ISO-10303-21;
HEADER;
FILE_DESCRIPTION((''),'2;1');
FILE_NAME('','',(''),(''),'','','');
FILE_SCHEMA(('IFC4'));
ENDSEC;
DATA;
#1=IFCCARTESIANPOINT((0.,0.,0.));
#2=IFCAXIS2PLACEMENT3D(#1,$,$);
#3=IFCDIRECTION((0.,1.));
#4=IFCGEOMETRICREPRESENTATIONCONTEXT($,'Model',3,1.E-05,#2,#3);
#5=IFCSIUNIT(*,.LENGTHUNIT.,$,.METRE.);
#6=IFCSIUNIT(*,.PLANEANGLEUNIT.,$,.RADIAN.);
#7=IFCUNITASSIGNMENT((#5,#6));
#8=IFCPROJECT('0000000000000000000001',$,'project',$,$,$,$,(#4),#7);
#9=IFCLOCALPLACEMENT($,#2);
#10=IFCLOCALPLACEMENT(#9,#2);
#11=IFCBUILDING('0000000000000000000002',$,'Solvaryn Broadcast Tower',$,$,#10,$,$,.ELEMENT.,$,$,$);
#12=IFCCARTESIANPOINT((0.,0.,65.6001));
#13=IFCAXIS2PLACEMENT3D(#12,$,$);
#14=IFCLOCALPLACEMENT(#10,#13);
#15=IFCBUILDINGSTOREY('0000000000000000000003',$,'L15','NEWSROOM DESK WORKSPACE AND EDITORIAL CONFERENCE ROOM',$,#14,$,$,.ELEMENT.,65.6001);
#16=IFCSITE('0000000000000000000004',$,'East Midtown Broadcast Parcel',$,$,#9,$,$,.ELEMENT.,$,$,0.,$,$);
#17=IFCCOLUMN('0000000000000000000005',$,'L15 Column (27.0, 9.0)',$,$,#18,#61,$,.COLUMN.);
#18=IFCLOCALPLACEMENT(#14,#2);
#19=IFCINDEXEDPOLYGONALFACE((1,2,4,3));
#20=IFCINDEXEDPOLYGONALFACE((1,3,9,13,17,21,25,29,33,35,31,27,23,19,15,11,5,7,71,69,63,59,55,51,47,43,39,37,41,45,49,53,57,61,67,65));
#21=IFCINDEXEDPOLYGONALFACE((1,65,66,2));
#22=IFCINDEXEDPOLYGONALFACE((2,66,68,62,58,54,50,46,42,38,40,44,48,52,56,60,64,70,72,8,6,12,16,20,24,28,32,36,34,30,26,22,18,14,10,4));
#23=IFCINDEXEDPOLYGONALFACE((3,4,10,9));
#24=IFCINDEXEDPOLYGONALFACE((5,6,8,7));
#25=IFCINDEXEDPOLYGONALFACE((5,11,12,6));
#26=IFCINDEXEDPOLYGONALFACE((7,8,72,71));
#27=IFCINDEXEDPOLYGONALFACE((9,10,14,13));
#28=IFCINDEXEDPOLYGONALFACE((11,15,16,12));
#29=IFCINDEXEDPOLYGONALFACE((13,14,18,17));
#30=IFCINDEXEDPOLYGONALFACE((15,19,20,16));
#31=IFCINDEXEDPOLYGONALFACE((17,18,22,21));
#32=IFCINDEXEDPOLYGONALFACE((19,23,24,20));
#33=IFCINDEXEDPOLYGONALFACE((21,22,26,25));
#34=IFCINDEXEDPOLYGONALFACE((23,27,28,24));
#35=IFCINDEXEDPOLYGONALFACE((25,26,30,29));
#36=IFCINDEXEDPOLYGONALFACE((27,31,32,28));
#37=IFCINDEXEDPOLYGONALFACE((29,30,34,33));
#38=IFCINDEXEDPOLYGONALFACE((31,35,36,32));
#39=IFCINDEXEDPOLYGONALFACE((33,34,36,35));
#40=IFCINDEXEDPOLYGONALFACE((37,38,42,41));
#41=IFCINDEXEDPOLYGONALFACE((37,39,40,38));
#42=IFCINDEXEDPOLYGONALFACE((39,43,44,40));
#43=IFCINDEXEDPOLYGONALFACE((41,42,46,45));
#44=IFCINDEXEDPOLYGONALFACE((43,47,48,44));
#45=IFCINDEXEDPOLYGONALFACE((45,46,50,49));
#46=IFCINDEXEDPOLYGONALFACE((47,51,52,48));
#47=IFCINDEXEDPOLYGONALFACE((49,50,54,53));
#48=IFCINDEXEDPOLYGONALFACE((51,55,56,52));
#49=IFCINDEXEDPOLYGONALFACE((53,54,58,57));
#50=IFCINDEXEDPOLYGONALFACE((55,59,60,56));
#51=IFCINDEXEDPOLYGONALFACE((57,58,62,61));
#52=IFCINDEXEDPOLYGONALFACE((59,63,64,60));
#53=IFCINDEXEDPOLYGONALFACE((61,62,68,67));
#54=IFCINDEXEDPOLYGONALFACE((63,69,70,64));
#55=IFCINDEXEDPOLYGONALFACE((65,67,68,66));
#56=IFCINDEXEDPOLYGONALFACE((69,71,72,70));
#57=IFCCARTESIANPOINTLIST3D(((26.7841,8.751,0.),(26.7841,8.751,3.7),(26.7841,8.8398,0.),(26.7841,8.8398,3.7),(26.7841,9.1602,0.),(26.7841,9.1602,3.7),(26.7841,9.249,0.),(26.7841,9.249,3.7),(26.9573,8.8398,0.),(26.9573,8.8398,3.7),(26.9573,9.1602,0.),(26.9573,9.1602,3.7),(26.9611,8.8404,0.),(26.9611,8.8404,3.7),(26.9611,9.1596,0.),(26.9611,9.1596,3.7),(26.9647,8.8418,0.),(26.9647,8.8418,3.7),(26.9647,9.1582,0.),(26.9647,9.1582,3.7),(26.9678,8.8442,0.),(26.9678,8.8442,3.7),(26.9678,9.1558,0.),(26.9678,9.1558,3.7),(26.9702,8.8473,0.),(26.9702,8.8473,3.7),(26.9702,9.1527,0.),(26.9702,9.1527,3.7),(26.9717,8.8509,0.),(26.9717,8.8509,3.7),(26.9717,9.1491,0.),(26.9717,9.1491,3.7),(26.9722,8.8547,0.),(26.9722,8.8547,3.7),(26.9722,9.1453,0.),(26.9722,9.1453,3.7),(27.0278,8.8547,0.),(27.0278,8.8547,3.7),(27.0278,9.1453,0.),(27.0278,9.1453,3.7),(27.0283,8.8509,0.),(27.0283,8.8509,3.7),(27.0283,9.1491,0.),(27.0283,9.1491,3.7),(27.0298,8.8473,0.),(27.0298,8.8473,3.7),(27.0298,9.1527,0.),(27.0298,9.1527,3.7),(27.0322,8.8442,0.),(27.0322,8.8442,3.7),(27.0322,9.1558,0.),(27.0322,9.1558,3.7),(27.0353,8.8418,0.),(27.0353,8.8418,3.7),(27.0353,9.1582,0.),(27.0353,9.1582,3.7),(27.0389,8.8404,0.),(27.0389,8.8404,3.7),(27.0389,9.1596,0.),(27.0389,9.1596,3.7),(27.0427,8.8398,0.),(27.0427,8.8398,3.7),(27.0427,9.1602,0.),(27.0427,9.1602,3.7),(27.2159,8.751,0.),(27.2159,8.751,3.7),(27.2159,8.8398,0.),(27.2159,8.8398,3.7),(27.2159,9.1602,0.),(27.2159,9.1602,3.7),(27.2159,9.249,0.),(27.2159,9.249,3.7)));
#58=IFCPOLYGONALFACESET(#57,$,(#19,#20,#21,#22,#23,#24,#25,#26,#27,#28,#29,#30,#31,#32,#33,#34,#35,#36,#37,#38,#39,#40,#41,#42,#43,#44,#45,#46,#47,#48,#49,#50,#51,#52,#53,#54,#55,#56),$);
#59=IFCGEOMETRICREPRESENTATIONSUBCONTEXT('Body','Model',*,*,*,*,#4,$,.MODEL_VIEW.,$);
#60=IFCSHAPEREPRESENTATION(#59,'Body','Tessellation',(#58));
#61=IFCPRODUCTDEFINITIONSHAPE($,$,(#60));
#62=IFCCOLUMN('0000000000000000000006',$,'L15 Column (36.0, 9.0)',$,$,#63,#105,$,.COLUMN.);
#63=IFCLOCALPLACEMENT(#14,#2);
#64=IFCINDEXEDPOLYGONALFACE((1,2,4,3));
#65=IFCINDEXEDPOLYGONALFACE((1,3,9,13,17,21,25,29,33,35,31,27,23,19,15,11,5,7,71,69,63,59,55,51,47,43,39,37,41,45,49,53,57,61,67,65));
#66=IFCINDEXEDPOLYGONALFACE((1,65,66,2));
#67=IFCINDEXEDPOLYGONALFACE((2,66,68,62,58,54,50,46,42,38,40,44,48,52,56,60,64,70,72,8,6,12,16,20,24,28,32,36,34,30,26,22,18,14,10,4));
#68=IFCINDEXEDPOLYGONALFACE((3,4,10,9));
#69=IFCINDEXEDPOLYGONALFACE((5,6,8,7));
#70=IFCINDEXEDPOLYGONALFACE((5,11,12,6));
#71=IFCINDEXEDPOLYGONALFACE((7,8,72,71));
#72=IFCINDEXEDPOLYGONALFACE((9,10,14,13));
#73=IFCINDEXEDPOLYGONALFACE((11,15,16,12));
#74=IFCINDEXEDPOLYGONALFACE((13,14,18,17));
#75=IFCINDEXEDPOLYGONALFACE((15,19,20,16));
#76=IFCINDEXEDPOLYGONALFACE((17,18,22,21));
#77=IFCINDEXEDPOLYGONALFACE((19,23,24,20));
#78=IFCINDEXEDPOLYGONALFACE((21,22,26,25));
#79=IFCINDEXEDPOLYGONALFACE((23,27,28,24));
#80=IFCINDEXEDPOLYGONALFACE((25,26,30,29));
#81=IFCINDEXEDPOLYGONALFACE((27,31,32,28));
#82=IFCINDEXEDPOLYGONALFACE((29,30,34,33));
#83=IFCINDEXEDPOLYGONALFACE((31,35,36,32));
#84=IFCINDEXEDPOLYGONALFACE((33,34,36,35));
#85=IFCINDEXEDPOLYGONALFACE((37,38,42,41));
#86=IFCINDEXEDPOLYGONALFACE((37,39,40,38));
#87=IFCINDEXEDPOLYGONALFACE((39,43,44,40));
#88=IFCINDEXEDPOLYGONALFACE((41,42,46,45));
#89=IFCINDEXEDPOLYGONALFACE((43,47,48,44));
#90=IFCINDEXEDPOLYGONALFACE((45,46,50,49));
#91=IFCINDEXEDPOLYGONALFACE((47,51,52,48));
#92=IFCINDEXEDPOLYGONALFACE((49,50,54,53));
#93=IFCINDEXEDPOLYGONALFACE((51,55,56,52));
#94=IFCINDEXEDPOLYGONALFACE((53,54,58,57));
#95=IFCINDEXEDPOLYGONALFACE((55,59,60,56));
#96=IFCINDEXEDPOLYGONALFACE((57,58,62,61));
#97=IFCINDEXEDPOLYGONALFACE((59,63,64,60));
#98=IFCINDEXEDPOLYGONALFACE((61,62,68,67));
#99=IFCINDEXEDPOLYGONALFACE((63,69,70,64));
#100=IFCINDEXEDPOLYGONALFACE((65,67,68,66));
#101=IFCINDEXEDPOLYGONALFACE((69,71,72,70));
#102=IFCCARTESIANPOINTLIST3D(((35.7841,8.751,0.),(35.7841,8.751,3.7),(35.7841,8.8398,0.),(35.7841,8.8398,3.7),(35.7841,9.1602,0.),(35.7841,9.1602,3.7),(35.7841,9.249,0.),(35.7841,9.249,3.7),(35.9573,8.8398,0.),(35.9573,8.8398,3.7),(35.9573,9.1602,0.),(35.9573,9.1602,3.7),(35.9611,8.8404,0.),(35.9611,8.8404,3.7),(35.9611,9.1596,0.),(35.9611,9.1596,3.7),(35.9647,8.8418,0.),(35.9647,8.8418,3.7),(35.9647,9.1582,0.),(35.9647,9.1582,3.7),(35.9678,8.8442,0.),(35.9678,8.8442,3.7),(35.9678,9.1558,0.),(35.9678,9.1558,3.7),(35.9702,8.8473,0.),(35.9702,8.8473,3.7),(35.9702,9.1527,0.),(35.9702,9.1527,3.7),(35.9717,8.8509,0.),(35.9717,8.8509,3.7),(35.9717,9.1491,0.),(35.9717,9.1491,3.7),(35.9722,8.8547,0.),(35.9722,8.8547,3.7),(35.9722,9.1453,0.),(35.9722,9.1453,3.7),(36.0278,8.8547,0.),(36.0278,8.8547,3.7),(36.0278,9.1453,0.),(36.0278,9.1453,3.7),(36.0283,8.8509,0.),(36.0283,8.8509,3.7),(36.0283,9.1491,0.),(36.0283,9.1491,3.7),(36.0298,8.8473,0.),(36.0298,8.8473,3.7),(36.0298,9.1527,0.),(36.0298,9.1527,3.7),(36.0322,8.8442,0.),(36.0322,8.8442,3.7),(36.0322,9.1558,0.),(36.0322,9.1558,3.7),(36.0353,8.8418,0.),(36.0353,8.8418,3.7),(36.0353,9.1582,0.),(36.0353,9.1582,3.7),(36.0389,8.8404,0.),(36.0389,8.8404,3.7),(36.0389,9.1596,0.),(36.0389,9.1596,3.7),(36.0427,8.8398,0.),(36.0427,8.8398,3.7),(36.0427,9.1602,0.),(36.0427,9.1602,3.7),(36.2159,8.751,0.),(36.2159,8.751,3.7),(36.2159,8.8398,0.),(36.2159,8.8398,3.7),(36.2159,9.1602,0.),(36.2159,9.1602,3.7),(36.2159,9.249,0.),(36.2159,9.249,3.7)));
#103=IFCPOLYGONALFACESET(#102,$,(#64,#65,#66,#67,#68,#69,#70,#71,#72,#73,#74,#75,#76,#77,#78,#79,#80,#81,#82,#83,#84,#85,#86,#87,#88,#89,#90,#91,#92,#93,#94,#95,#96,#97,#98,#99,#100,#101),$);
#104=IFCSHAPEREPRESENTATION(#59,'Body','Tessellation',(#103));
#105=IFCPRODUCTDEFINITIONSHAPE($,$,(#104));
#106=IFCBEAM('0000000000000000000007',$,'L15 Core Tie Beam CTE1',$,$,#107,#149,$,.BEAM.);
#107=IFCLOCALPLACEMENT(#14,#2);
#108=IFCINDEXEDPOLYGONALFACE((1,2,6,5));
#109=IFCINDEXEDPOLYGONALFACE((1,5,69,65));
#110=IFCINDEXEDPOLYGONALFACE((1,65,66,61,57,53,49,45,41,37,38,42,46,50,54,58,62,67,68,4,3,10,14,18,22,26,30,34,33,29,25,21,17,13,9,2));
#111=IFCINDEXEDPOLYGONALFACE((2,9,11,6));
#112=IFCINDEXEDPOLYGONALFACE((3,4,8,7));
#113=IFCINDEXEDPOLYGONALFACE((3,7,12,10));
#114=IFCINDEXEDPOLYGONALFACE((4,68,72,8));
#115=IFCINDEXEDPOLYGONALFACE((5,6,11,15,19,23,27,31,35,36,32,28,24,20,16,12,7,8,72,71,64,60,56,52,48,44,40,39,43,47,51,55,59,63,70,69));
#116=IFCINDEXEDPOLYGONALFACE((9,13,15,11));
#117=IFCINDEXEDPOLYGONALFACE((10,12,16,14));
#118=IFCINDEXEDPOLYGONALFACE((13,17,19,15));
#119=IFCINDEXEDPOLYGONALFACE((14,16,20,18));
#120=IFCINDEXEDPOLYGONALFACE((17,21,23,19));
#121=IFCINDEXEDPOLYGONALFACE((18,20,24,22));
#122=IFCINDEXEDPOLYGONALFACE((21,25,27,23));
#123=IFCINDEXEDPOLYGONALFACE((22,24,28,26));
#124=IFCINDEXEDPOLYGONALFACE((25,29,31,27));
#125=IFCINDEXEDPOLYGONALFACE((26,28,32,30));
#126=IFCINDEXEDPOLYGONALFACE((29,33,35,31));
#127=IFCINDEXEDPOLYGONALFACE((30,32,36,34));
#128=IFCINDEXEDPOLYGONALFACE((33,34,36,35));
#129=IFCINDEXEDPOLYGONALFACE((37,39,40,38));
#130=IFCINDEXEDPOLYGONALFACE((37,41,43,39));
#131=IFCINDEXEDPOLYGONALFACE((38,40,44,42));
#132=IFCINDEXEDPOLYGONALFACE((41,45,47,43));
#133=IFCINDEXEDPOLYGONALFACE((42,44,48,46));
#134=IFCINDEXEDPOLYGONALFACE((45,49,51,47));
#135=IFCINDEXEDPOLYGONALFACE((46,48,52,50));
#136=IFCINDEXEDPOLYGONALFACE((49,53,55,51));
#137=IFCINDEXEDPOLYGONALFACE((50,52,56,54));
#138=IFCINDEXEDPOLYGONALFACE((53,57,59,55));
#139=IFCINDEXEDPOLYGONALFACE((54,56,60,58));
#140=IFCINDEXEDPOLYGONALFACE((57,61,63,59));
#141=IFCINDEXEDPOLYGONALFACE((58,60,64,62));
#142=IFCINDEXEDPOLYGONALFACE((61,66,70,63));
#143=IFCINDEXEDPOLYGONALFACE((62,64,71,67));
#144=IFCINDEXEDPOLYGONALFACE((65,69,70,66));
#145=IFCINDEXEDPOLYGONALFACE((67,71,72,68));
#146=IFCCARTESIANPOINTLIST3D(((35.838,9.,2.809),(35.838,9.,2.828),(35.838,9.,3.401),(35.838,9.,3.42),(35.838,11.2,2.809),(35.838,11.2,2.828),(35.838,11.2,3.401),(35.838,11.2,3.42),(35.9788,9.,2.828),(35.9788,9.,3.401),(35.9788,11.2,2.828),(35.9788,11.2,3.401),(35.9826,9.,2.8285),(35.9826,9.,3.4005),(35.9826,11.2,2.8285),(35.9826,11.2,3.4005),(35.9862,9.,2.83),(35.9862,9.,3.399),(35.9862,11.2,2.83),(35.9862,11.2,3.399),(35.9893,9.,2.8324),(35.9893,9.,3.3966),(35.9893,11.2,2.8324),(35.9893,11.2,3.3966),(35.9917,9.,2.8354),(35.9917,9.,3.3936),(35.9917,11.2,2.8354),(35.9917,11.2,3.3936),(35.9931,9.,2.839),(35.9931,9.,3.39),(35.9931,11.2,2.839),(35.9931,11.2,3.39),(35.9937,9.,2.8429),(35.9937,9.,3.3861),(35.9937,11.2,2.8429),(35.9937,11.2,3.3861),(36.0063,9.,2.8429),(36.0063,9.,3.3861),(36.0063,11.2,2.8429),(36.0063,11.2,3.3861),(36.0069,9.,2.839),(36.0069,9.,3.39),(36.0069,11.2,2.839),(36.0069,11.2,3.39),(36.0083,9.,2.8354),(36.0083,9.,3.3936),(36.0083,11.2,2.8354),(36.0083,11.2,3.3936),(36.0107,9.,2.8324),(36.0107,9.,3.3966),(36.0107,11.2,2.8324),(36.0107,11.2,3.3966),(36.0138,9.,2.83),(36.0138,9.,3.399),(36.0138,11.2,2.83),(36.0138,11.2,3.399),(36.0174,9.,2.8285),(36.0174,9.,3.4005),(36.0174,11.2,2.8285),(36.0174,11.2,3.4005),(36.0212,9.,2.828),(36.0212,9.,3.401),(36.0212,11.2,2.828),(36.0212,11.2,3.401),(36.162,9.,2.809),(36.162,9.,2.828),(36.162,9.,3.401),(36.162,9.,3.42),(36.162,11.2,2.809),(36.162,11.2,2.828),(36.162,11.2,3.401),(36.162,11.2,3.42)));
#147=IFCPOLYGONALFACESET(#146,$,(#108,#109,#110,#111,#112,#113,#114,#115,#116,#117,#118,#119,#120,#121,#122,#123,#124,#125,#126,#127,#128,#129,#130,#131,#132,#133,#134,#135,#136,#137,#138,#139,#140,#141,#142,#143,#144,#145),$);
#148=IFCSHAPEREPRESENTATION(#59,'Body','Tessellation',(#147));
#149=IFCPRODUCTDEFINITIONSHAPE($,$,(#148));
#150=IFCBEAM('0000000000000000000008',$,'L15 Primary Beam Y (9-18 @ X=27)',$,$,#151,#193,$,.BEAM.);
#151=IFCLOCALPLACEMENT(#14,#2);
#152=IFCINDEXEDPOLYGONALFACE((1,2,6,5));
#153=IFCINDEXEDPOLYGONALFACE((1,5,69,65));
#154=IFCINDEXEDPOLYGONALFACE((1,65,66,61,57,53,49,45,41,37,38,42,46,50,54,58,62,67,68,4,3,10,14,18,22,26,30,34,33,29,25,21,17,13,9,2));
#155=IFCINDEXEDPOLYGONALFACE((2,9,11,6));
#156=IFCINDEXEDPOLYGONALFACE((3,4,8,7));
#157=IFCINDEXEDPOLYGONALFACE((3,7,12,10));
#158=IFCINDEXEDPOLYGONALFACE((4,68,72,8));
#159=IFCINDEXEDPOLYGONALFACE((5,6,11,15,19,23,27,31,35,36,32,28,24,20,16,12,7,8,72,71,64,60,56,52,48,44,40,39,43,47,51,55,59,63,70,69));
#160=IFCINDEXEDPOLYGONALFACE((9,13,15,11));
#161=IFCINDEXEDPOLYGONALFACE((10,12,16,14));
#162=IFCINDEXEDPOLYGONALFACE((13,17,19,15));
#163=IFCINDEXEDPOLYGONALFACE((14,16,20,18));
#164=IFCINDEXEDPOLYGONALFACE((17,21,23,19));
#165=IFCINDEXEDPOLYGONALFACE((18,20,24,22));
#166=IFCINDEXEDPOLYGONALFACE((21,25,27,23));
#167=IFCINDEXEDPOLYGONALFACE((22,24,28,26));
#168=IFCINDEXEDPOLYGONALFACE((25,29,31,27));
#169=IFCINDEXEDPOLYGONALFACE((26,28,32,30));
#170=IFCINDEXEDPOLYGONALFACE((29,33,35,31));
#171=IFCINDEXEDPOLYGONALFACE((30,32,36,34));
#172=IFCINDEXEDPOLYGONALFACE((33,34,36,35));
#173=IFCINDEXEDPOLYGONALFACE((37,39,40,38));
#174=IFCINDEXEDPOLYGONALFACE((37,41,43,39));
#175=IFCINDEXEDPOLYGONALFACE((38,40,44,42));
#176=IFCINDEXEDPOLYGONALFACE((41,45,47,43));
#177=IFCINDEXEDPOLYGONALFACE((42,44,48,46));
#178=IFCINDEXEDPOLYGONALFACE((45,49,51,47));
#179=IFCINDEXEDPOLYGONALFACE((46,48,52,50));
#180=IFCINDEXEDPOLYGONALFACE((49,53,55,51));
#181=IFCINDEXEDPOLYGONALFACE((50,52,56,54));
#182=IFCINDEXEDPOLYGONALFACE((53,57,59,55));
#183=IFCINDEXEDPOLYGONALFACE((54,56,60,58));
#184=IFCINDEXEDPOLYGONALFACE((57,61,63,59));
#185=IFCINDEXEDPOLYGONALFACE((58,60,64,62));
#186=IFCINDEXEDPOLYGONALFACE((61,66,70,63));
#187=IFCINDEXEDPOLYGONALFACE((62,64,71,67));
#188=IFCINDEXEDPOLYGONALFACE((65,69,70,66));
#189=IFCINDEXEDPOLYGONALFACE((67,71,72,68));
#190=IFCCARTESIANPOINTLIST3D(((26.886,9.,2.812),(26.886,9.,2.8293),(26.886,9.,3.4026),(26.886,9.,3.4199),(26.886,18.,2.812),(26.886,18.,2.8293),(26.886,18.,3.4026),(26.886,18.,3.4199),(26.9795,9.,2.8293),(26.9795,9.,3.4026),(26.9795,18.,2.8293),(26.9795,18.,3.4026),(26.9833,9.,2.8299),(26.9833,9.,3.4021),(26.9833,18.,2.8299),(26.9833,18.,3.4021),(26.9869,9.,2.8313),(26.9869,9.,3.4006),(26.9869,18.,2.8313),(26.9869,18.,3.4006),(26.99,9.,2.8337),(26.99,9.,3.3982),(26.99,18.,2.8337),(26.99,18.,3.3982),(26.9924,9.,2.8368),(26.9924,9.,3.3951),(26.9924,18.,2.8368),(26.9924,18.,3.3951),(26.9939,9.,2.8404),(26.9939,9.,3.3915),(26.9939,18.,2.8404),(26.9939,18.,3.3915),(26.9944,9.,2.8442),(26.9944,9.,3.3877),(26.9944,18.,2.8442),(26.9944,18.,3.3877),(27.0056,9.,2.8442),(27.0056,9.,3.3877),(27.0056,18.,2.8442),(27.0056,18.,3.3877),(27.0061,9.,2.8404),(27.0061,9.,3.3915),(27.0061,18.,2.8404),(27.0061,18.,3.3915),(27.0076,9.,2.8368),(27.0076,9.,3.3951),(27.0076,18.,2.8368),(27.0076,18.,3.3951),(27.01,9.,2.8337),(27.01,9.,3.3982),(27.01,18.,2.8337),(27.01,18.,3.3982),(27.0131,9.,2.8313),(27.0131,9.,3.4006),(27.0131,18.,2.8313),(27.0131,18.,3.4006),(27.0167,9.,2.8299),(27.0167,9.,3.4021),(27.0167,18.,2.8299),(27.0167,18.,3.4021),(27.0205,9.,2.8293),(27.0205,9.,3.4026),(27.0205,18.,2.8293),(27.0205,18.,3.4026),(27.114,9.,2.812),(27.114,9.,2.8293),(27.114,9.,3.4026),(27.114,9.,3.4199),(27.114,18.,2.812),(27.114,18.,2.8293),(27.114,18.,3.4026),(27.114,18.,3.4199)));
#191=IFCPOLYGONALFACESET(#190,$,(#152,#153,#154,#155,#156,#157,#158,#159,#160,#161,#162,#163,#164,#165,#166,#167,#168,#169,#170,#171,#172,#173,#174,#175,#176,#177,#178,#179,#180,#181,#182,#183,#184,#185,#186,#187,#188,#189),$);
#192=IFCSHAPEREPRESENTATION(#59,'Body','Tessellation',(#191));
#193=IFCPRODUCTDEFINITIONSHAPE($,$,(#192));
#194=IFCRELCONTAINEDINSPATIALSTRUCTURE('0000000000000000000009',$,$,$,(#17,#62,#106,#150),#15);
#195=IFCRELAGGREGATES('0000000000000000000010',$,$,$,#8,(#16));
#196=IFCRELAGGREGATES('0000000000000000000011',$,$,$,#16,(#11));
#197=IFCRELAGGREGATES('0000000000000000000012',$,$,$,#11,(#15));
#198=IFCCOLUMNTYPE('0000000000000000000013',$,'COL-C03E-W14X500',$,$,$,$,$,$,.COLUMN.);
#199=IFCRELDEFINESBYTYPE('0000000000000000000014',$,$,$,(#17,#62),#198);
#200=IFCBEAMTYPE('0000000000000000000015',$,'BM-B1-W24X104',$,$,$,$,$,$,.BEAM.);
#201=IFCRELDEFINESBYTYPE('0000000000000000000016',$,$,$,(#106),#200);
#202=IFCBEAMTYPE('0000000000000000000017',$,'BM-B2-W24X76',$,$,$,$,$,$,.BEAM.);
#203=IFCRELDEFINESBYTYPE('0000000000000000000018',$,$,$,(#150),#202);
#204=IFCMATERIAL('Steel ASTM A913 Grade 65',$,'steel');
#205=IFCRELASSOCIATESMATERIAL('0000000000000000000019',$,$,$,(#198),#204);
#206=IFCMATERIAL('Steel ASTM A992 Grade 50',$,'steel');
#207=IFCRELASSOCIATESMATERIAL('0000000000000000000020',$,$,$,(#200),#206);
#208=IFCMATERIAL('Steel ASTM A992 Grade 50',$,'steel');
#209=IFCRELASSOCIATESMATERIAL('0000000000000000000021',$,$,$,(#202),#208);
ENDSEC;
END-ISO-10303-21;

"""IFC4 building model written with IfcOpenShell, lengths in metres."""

from ifc_helpers import new_model, si_unit, direction, frame, origin, origin_2d, place, context, subcontext, project, spatial, i_section, extrude, material, material_profile, profile_set, type_object, element, save


model = new_model("IFC4")

# Units and contexts
model_context = context("Model", 3, precision=1e-05, world=origin(), true_north=direction((0.0, 1.0)))
body_context = subcontext(model_context, "Body", "Model", "MODEL_VIEW")
ifc_project = project(units=[si_unit("LENGTHUNIT", "METRE"), si_unit("PLANEANGLEUNIT", "RADIAN")], contexts=[model_context])

# Site, building, storey
site_placement = place(None, origin())
site = spatial("IfcSite", under=ifc_project, at=site_placement, Name="East Midtown Broadcast Parcel", CompositionType="ELEMENT", RefElevation=0.0)
building_placement = place(site_placement, origin())
building = spatial("IfcBuilding", under=site, at=building_placement, Name="Solvaryn Broadcast Tower", CompositionType="ELEMENT")
storey_placement = place(building_placement, frame((0.0, 0.0, 65.6001)))
storey = spatial("IfcBuildingStorey", under=building, at=storey_placement, Name="L15", Description="NEWSROOM DESK WORKSPACE AND EDITORIAL CONFERENCE ROOM", CompositionType="ELEMENT", Elevation=65.6001)

# Columns
ifc_material_1 = material(Name="Steel ASTM A913 Grade 65", Category="steel")
ifc_material_profile_1 = material_profile(ifc_material_1, i_section(OverallWidth=0.4319, OverallDepth=0.498, WebThickness=0.0557, FlangeThickness=0.0889, FilletRadius=0.0149, at=origin_2d()))
ifc_profile_set_1 = profile_set([ifc_material_profile_1], Name="Steel ASTM A913 Grade 65")
column_type = type_object("IfcColumnType", Name="COL-C03E-W14X500", PredefinedType="COLUMN", material=ifc_profile_set_1)
for number, where, z_axis, x_axis, name in (
    (1, (27.0, 9.0, 0.0), (0.0, 0.0, 1.0), (1.0, 0.0, 0.0), "L15 Column (27.0, 9.0)"),
    (2, (36.0, 9.0, 0.0), (0.0, 0.0, 1.0), (1.0, 0.0, 0.0), "L15 Column (36.0, 9.0)"),
):
    element("IfcColumn", number, at=place(storey_placement, frame(where, z_axis=z_axis, x_axis=x_axis)), inside=storey, type_object=column_type, Name=name, PredefinedType="COLUMN", context=body_context, shape_type="SweptSolid", body=[
        extrude(i_section(OverallWidth=0.4319, OverallDepth=0.498, WebThickness=0.0557, FlangeThickness=0.0889, FilletRadius=0.0149, at=origin_2d()), origin(), (0.0, 0.0, 1.0), 3.7),
    ])

# Beams
ifc_material_2 = material(Name="Steel ASTM A992 Grade 50", Category="steel")
ifc_material_profile_2 = material_profile(ifc_material_2, i_section(OverallWidth=0.324, OverallDepth=0.6111, WebThickness=0.0127, FlangeThickness=0.019, FilletRadius=0.0149, at=origin_2d()))
ifc_profile_set_2 = profile_set([ifc_material_profile_2], Name="Steel ASTM A992 Grade 50")
beam_type_1 = type_object("IfcBeamType", Name="BM-B1-W24X104", PredefinedType="BEAM", material=ifc_profile_set_2)
beam_1_placement = place(storey_placement, frame((36.0, 9.0, 3.1145), z_axis=(0.0, 1.0, 0.0), x_axis=(-1.0, 0.0, 0.0)))
element("IfcBeam", 3, at=beam_1_placement, inside=storey, type_object=beam_type_1, Name="L15 Core Tie Beam CTE1", PredefinedType="BEAM", context=body_context, shape_type="SweptSolid", body=[
    extrude(i_section(OverallWidth=0.324, OverallDepth=0.6111, WebThickness=0.0127, FlangeThickness=0.019, FilletRadius=0.0149, at=origin_2d()), origin(), (0.0, 0.0, 1.0), 2.2),
])
ifc_material_3 = material(Name="Steel ASTM A992 Grade 50", Category="steel")
ifc_material_profile_3 = material_profile(ifc_material_3, i_section(OverallWidth=0.228, OverallDepth=0.6079, WebThickness=0.0112, FlangeThickness=0.0173, FilletRadius=0.0149, at=origin_2d()))
ifc_profile_set_3 = profile_set([ifc_material_profile_3], Name="Steel ASTM A992 Grade 50")
beam_type_2 = type_object("IfcBeamType", Name="BM-B2-W24X76", PredefinedType="BEAM", material=ifc_profile_set_3)
beam_2_placement = place(storey_placement, frame((27.0, 9.0, 3.116), z_axis=(0.0, 1.0, 0.0), x_axis=(-1.0, 0.0, 0.0)))
element("IfcBeam", 4, at=beam_2_placement, inside=storey, type_object=beam_type_2, Name="L15 Primary Beam Y (9-18 @ X=27)", PredefinedType="BEAM", context=body_context, shape_type="SweptSolid", body=[
    extrude(i_section(OverallWidth=0.228, OverallDepth=0.6079, WebThickness=0.0112, FlangeThickness=0.0173, FilletRadius=0.0149, at=origin_2d()), origin(), (0.0, 0.0, 1.0), 9.0),
])

save(model, "model.ifc")
